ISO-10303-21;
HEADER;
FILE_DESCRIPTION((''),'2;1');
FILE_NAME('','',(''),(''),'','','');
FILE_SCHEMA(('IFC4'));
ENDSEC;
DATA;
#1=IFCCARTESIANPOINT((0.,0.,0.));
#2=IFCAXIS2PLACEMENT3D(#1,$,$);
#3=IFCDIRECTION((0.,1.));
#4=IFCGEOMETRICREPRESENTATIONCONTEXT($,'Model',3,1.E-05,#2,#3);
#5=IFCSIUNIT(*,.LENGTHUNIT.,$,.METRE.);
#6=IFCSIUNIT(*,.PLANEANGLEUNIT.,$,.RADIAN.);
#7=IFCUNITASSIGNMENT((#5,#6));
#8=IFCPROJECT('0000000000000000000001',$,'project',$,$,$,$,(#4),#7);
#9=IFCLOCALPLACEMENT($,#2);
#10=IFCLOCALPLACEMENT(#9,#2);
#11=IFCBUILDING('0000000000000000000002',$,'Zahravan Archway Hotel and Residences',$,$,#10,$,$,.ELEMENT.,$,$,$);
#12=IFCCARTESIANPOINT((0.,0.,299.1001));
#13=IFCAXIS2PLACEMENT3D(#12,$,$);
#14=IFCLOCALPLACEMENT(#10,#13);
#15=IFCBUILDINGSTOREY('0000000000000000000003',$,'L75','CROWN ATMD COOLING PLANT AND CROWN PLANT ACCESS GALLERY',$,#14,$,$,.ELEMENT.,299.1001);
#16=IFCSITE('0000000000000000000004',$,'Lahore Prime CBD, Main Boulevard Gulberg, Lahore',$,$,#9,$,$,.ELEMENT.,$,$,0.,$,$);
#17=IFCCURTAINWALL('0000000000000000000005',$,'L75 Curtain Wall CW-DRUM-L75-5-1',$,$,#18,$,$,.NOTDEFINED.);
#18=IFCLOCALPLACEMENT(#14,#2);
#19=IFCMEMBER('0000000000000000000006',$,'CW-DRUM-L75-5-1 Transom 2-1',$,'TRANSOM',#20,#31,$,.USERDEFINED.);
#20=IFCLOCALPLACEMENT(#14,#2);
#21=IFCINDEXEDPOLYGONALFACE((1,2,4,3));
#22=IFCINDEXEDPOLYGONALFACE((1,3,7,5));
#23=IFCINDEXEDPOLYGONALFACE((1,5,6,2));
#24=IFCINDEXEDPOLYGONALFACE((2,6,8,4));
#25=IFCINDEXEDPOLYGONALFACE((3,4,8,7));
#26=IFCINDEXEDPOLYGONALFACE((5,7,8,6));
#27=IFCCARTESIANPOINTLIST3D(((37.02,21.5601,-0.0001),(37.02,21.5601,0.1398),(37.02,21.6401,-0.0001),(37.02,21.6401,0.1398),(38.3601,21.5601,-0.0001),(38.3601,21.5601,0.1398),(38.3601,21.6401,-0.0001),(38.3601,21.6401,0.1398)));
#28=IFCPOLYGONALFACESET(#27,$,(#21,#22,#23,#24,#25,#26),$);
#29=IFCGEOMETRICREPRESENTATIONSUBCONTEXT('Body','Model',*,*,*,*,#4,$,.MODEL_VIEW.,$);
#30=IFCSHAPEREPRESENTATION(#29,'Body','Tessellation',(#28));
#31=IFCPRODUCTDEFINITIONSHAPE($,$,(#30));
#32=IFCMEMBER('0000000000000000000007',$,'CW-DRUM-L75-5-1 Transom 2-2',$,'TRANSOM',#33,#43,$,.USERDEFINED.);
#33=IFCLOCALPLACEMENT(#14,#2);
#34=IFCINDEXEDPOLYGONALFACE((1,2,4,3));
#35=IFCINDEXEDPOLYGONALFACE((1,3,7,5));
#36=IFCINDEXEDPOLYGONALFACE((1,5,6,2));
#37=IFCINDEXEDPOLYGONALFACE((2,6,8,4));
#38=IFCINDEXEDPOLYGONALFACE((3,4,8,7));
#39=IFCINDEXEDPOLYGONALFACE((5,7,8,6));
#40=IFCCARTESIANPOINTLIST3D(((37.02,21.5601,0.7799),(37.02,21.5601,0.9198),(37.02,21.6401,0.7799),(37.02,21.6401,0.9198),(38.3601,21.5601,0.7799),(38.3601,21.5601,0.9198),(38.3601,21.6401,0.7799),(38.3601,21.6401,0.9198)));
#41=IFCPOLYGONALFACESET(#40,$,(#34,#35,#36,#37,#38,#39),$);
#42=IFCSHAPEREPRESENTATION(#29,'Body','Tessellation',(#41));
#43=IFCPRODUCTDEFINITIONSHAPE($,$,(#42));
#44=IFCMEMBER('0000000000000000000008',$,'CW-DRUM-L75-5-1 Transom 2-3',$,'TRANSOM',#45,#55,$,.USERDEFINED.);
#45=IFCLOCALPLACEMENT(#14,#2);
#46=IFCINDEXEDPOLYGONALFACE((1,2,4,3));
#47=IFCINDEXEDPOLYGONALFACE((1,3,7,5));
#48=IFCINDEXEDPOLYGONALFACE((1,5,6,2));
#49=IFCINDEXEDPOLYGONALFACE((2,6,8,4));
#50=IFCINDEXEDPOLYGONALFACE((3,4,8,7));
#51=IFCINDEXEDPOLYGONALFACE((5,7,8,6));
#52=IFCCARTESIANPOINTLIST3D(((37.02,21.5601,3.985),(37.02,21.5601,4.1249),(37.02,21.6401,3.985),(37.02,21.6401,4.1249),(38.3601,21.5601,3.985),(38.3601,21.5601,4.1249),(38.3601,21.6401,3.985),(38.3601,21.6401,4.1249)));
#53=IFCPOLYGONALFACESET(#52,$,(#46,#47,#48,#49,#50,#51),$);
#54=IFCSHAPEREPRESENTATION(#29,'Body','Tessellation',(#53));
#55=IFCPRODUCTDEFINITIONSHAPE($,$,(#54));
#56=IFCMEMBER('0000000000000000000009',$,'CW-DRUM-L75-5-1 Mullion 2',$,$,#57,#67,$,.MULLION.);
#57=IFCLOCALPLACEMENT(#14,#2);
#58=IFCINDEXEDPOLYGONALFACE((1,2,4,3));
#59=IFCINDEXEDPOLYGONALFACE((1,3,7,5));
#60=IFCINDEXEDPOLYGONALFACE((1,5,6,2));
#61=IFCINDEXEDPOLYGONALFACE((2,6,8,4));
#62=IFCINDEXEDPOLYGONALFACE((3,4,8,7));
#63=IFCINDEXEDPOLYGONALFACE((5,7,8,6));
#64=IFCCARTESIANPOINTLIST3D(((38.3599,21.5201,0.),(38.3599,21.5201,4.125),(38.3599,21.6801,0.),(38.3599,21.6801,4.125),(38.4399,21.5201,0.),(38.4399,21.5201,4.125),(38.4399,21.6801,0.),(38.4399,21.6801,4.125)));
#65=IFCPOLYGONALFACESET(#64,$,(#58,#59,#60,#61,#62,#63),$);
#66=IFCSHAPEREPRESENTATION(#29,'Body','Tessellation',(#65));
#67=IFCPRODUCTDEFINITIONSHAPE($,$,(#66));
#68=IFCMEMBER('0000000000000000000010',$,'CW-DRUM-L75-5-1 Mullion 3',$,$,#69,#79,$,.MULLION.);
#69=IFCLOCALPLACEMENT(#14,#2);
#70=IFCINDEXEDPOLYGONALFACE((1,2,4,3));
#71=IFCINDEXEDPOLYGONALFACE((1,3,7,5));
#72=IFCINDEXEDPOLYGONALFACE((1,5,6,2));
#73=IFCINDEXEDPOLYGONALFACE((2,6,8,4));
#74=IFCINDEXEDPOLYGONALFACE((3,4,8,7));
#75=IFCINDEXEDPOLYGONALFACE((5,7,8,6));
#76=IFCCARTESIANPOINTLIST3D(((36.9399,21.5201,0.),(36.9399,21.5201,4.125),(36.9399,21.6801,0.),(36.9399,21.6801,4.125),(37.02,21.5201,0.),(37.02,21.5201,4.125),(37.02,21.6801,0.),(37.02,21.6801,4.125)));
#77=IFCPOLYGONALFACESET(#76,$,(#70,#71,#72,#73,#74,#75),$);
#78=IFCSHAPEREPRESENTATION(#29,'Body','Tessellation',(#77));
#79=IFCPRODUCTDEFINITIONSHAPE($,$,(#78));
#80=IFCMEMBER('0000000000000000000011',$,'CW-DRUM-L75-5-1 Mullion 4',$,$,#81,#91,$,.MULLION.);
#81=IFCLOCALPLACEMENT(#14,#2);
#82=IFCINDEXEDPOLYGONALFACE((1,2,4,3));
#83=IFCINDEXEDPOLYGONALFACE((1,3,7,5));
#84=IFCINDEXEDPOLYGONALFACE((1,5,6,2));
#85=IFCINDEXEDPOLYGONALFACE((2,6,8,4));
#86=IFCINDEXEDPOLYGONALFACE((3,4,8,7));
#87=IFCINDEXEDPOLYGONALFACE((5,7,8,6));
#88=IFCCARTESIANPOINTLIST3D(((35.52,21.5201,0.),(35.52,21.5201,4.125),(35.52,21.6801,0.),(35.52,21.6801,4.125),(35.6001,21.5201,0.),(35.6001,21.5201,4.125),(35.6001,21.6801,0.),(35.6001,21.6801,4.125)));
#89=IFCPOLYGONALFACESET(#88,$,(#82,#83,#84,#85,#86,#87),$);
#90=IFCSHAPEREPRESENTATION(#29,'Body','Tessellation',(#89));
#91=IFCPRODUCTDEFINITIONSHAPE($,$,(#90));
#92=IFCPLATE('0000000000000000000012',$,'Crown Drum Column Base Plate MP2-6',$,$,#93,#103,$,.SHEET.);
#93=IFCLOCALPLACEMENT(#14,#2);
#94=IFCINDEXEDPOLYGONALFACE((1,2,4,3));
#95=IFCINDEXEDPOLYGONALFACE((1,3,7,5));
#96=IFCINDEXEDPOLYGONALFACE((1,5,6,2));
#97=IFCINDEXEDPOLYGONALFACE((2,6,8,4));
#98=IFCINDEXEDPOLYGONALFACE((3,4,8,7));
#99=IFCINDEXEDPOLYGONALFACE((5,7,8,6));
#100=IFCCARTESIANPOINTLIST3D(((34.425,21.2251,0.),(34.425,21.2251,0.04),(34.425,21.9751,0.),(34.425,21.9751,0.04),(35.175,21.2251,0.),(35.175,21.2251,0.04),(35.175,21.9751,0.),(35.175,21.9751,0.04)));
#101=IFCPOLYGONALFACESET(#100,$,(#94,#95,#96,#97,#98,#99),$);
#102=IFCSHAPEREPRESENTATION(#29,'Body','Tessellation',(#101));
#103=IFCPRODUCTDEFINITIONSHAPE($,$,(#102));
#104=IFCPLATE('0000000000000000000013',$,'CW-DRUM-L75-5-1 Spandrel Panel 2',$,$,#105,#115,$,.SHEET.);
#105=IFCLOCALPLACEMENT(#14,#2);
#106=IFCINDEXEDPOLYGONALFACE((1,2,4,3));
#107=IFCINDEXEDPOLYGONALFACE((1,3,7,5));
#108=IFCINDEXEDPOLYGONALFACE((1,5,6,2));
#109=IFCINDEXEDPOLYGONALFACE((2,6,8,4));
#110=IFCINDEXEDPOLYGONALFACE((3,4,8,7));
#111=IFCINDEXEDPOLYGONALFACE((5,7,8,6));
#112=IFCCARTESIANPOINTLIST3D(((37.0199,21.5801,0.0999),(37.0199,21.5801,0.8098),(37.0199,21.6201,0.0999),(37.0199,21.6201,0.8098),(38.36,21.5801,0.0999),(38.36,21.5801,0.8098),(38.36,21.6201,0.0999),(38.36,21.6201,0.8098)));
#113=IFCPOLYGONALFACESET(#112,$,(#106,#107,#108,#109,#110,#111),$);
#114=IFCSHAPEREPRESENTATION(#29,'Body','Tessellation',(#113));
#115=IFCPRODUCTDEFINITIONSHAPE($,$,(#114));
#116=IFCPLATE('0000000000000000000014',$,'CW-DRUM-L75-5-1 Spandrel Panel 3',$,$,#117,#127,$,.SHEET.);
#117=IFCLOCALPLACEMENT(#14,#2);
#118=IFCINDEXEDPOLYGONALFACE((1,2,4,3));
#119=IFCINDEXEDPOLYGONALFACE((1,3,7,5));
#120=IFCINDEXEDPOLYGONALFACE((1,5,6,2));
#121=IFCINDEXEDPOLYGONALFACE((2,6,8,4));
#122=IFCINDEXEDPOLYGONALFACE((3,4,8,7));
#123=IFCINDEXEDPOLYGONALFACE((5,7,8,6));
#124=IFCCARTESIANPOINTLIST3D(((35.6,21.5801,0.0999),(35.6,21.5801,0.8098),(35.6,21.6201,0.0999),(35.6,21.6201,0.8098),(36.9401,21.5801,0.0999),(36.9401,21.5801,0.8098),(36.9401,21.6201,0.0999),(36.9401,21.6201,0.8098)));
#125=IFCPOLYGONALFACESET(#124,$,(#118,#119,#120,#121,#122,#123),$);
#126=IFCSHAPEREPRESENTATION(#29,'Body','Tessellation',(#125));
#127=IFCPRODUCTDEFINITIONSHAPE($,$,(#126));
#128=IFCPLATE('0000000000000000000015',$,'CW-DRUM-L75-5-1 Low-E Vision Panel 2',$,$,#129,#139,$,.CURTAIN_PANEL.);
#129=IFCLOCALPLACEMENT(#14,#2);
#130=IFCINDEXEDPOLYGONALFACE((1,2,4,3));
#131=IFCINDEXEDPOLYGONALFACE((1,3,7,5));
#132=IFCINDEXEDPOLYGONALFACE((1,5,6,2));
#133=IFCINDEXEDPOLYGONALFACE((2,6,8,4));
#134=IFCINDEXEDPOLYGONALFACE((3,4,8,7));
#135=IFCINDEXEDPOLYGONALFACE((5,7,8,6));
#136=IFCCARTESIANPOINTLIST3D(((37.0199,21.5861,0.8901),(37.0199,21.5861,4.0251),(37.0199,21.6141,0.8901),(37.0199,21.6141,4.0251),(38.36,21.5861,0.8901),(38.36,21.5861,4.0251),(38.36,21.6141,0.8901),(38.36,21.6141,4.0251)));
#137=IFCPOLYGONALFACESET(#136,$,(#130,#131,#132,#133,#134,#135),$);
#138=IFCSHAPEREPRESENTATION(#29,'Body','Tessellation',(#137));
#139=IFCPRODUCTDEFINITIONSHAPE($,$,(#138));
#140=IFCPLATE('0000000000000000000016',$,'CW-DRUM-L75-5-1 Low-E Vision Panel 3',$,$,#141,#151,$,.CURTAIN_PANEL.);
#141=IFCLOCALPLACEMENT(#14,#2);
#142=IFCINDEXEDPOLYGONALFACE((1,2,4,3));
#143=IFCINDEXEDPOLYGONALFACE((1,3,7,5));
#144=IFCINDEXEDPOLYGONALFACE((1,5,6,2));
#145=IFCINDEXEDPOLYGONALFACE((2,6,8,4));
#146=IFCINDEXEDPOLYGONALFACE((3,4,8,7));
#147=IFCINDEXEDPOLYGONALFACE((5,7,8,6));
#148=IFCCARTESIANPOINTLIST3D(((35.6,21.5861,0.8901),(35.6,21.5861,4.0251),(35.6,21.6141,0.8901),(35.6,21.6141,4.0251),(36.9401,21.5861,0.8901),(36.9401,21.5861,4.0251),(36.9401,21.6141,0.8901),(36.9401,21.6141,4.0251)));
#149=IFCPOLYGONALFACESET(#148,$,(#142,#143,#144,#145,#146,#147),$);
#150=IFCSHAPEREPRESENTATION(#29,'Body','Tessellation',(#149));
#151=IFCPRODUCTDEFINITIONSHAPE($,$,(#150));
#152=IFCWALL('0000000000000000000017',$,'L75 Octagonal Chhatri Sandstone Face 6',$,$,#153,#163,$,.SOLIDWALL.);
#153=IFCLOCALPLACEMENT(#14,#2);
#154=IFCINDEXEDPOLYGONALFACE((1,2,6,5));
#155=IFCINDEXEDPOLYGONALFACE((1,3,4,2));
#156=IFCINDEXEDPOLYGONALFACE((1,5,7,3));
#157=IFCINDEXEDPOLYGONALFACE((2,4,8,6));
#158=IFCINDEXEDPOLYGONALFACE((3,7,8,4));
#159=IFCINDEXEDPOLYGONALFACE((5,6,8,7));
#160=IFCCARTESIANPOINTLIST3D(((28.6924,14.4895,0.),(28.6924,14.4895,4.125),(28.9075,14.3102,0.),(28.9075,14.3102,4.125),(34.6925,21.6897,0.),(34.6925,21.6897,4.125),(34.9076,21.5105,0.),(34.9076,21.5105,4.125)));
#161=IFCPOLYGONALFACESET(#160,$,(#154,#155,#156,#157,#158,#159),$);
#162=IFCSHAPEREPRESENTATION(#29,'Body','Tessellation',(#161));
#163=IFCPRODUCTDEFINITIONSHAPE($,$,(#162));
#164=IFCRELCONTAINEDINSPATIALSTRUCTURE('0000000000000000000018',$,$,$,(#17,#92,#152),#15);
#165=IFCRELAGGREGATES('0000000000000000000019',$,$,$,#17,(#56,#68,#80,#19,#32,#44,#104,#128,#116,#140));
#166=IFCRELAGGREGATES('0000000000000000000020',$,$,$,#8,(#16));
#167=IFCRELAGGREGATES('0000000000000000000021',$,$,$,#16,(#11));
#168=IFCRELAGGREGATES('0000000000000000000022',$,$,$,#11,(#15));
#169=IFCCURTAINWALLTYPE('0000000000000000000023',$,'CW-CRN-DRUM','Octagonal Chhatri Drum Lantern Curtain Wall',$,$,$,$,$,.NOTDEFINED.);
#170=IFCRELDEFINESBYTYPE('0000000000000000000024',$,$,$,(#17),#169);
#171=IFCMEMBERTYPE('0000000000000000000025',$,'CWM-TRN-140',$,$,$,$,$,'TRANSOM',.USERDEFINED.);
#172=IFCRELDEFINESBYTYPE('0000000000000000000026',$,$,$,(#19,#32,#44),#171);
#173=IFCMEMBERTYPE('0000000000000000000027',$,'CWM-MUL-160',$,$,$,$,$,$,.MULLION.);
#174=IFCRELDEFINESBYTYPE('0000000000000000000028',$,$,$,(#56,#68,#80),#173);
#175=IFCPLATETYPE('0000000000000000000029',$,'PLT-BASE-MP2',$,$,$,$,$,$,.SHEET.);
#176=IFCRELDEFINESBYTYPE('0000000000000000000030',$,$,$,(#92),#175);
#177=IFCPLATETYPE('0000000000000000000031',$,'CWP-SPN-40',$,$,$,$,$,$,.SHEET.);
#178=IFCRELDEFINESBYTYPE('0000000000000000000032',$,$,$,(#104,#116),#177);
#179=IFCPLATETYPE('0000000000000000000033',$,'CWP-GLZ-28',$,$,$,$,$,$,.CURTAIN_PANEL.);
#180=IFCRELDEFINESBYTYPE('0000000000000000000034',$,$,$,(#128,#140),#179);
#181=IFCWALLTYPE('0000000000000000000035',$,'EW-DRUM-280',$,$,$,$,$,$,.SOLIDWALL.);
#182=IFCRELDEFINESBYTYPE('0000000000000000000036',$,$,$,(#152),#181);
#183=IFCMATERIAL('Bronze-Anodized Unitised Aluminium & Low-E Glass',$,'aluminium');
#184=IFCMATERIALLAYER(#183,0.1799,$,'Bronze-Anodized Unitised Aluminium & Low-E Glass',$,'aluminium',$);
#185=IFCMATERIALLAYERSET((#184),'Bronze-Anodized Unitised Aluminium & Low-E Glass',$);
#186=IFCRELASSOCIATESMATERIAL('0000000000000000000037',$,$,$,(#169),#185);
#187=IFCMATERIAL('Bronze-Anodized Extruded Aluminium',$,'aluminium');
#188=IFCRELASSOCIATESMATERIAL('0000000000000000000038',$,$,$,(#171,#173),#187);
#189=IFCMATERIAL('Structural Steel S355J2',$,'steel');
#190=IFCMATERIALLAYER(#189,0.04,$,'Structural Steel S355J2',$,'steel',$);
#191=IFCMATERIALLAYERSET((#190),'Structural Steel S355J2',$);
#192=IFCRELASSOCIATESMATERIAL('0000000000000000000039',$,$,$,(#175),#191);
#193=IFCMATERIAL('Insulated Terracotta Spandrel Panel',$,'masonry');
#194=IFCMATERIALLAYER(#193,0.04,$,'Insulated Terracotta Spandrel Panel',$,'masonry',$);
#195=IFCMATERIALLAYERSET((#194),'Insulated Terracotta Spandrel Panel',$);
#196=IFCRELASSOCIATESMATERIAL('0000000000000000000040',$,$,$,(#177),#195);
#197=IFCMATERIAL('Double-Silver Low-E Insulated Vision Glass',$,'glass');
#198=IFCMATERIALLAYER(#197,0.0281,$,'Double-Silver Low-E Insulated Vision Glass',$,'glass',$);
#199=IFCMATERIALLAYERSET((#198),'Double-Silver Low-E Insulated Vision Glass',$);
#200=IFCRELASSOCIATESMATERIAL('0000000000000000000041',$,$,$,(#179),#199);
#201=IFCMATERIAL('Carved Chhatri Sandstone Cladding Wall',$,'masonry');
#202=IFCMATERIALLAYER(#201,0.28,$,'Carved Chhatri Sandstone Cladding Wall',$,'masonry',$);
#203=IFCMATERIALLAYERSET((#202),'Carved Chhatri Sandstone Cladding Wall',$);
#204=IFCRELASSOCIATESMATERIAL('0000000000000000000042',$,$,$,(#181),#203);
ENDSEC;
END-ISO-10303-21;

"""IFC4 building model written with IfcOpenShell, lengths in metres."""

from ifc_helpers import new_model, si_unit, direction, frame, frame_2d, origin, origin_2d, place, context, subcontext, project, spatial, rectangle, extrude, source, transform, mapped, material, layer, layer_set, material_profile, profile_set, type_object, type_shapes, element, aggregate, save


model = new_model("IFC4")

# Units and contexts
model_context = context("Model", 3, precision=1e-05, world=origin(), true_north=direction((0.0, 1.0)))
body_context = subcontext(model_context, "Body", "Model", "MODEL_VIEW")
ifc_project = project(units=[si_unit("LENGTHUNIT", "METRE"), si_unit("PLANEANGLEUNIT", "RADIAN")], contexts=[model_context])

# Site, building, storey
site_placement = place(None, origin())
site = spatial("IfcSite", under=ifc_project, at=site_placement, Name="Lahore Prime CBD, Main Boulevard Gulberg, Lahore", CompositionType="ELEMENT", RefElevation=0.0)
building_placement = place(site_placement, origin())
building = spatial("IfcBuilding", under=site, at=building_placement, Name="Zahravan Archway Hotel and Residences", CompositionType="ELEMENT")
storey_placement = place(building_placement, frame((0.0, 0.0, 299.1001)))
storey = spatial("IfcBuildingStorey", under=building, at=storey_placement, Name="L75", Description="CROWN ATMD COOLING PLANT AND CROWN PLANT ACCESS GALLERY", CompositionType="ELEMENT", Elevation=299.1001)

# Curtain wall, members
ifc_material_1 = material(Name="Bronze-Anodized Unitised Aluminium & Low-E Glass", Category="aluminium")
ifc_layer_1 = layer(ifc_material_1, 0.1799, Name="Bronze-Anodized Unitised Aluminium & Low-E Glass", Category="aluminium")
ifc_layer_set_1 = layer_set([ifc_layer_1], Name="Bronze-Anodized Unitised Aluminium & Low-E Glass")
curtain_wall_type = type_object("IfcCurtainWallType", Name="CW-CRN-DRUM", Description="Octagonal Chhatri Drum Lantern Curtain Wall", PredefinedType="NOTDEFINED", material=ifc_layer_set_1)
curtain_wall_placement = place(storey_placement, origin())
curtain_wall = element("IfcCurtainWall", 1, at=curtain_wall_placement, inside=storey, type_object=curtain_wall_type, Name="L75 Curtain Wall CW-DRUM-L75-5-1", PredefinedType="NOTDEFINED")
ifc_material_2 = material(Name="Bronze-Anodized Extruded Aluminium", Category="aluminium")
ifc_material_profile_1 = material_profile(ifc_material_2, rectangle(XDim=0.0801, YDim=0.1399, at=origin_2d()), Name="TRN 80x140", Category="aluminium")
ifc_profile_set_1 = profile_set([ifc_material_profile_1], Name="Bronze-Anodized Extruded Aluminium")
member_type_1 = type_object("IfcMemberType", Name="CWM-TRN-140", ElementType="TRANSOM", PredefinedType="USERDEFINED", material=ifc_profile_set_1)
shared_shape_1 = source(origin(), body_context, "Body", "SweptSolid", [
    extrude(rectangle(XDim=0.0801, YDim=0.1399, at=origin_2d()), origin(), (0.0, 0.0, 1.0), 1.3401),
])
member_1_placement = place(storey_placement, frame((38.3601, 21.6001, 0.0698), z_axis=(-1.0, 0.0, 0.0), x_axis=(0.0, -1.0, 0.0)))
member_1 = element("IfcMember", 2, at=member_1_placement, type_object=member_type_1, Name="CW-DRUM-L75-5-1 Transom 2-1", ObjectType="TRANSOM", PredefinedType="USERDEFINED", context=body_context, shape_type="MappedRepresentation", body=[
    mapped(shared_shape_1, transform((0.0, 0.0, 0.0), scale=1.0)),
])
member_2_placement = place(storey_placement, frame((38.3601, 21.6001, 0.8499), z_axis=(-1.0, 0.0, 0.0), x_axis=(0.0, -1.0, 0.0)))
member_2 = element("IfcMember", 3, at=member_2_placement, type_object=member_type_1, Name="CW-DRUM-L75-5-1 Transom 2-2", ObjectType="TRANSOM", PredefinedType="USERDEFINED", context=body_context, shape_type="MappedRepresentation", body=[
    mapped(shared_shape_1, transform((0.0, 0.0, 0.0), scale=1.0)),
])
member_3_placement = place(storey_placement, frame((38.3601, 21.6001, 4.0549), z_axis=(-1.0, 0.0, 0.0), x_axis=(0.0, -1.0, 0.0)))
member_3 = element("IfcMember", 4, at=member_3_placement, type_object=member_type_1, Name="CW-DRUM-L75-5-1 Transom 2-3", ObjectType="TRANSOM", PredefinedType="USERDEFINED", context=body_context, shape_type="MappedRepresentation", body=[
    mapped(shared_shape_1, transform((0.0, 0.0, 0.0), scale=1.0)),
])
ifc_material_profile_2 = material_profile(ifc_material_2, rectangle(XDim=0.0801, YDim=0.1599, at=origin_2d()), Name="MUL 80x160", Category="aluminium")
ifc_profile_set_2 = profile_set([ifc_material_profile_2], Name="Bronze-Anodized Extruded Aluminium")
member_type_2 = type_object("IfcMemberType", Name="CWM-MUL-160", PredefinedType="MULLION", material=ifc_profile_set_2)
shared_shape_2 = source(origin(), body_context, "Body", "SweptSolid", [
    extrude(rectangle(XDim=0.0801, YDim=0.1599, at=origin_2d()), origin(), (0.0, 0.0, 1.0), 4.125),
])
member_4_placement = place(storey_placement, frame((38.3999, 21.6001, 0.0), z_axis=(0.0, 0.0, 1.0), x_axis=(1.0, 0.0, 0.0)))
member_4 = element("IfcMember", 5, at=member_4_placement, type_object=member_type_2, Name="CW-DRUM-L75-5-1 Mullion 2", PredefinedType="MULLION", context=body_context, shape_type="MappedRepresentation", body=[
    mapped(shared_shape_2, transform((0.0, 0.0, 0.0), scale=1.0)),
])
member_5_placement = place(storey_placement, frame((36.98, 21.6001, 0.0), z_axis=(0.0, 0.0, 1.0), x_axis=(1.0, 0.0, 0.0)))
member_5 = element("IfcMember", 6, at=member_5_placement, type_object=member_type_2, Name="CW-DRUM-L75-5-1 Mullion 3", PredefinedType="MULLION", context=body_context, shape_type="MappedRepresentation", body=[
    mapped(shared_shape_2, transform((0.0, 0.0, 0.0), scale=1.0)),
])
member_6_placement = place(storey_placement, frame((35.5601, 21.6001, 0.0), z_axis=(0.0, 0.0, 1.0), x_axis=(1.0, 0.0, 0.0)))
member_6 = element("IfcMember", 7, at=member_6_placement, type_object=member_type_2, Name="CW-DRUM-L75-5-1 Mullion 4", PredefinedType="MULLION", context=body_context, shape_type="MappedRepresentation", body=[
    mapped(shared_shape_2, transform((0.0, 0.0, 0.0), scale=1.0)),
])

# Plates
ifc_material_3 = material(Name="Structural Steel S355J2", Category="steel")
ifc_layer_2 = layer(ifc_material_3, 0.04, Name="Structural Steel S355J2", Category="steel")
ifc_layer_set_2 = layer_set([ifc_layer_2], Name="Structural Steel S355J2")
plate_type_1 = type_object("IfcPlateType", Name="PLT-BASE-MP2", PredefinedType="SHEET", material=ifc_layer_set_2)
shared_shape_3 = source(origin(), body_context, "Body", "SweptSolid", [
    extrude(rectangle(XDim=0.75, YDim=0.75, at=origin_2d()), origin(), (0.0, 0.0, 1.0), 0.04),
])
type_shapes(plate_type_1, [shared_shape_3])
plate_1_placement = place(storey_placement, frame((34.8, 21.6001, 0.0), z_axis=(0.0, 0.0, 1.0), x_axis=(1.0, 0.0, 0.0)))
element("IfcPlate", 8, at=plate_1_placement, inside=storey, type_object=plate_type_1, Name="Crown Drum Column Base Plate MP2-6", PredefinedType="SHEET", context=body_context, shape_type="MappedRepresentation", body=[
    mapped(shared_shape_3, transform((0.0, 0.0, 0.0), scale=1.0)),
])
ifc_material_4 = material(Name="Insulated Terracotta Spandrel Panel", Category="masonry")
ifc_layer_3 = layer(ifc_material_4, 0.04, Name="Insulated Terracotta Spandrel Panel", Category="masonry")
ifc_layer_set_3 = layer_set([ifc_layer_3], Name="Insulated Terracotta Spandrel Panel")
plate_type_2 = type_object("IfcPlateType", Name="CWP-SPN-40", PredefinedType="SHEET", material=ifc_layer_set_3)
shared_shape_4 = source(origin(), body_context, "Body", "SweptSolid", [
    extrude(rectangle(XDim=1.3401, YDim=0.04, at=origin_2d()), origin(), (0.0, 0.0, 1.0), 0.71),
])
plate_2_placement = place(storey_placement, frame((37.6899, 21.6001, 0.0999), z_axis=(0.0, 0.0, 1.0), x_axis=(-1.0, 0.0, 0.0)))
plate_2 = element("IfcPlate", 9, at=plate_2_placement, type_object=plate_type_2, Name="CW-DRUM-L75-5-1 Spandrel Panel 2", PredefinedType="SHEET", context=body_context, shape_type="MappedRepresentation", body=[
    mapped(shared_shape_4, transform((0.0, 0.0, 0.0), scale=1.0)),
])
plate_3_placement = place(storey_placement, frame((36.27, 21.6001, 0.0999), z_axis=(0.0, 0.0, 1.0), x_axis=(-1.0, 0.0, 0.0)))
plate_3 = element("IfcPlate", 10, at=plate_3_placement, type_object=plate_type_2, Name="CW-DRUM-L75-5-1 Spandrel Panel 3", PredefinedType="SHEET", context=body_context, shape_type="MappedRepresentation", body=[
    mapped(shared_shape_4, transform((0.0, 0.0, 0.0), scale=1.0)),
])
ifc_material_5 = material(Name="Double-Silver Low-E Insulated Vision Glass", Category="glass")
ifc_layer_4 = layer(ifc_material_5, 0.0281, Name="Double-Silver Low-E Insulated Vision Glass", Category="glass")
ifc_layer_set_4 = layer_set([ifc_layer_4], Name="Double-Silver Low-E Insulated Vision Glass")
plate_type_3 = type_object("IfcPlateType", Name="CWP-GLZ-28", PredefinedType="CURTAIN_PANEL", material=ifc_layer_set_4)
shared_shape_5 = source(origin(), body_context, "Body", "SweptSolid", [
    extrude(rectangle(XDim=1.3401, YDim=0.0281, at=origin_2d()), origin(), (0.0, 0.0, 1.0), 3.135),
])
plate_4_placement = place(storey_placement, frame((37.6899, 21.6001, 0.8901), z_axis=(0.0, 0.0, 1.0), x_axis=(-1.0, 0.0, 0.0)))
plate_4 = element("IfcPlate", 11, at=plate_4_placement, type_object=plate_type_3, Name="CW-DRUM-L75-5-1 Low-E Vision Panel 2", PredefinedType="CURTAIN_PANEL", context=body_context, shape_type="MappedRepresentation", body=[
    mapped(shared_shape_5, transform((0.0, 0.0, 0.0), scale=1.0)),
])
plate_5_placement = place(storey_placement, frame((36.27, 21.6001, 0.8901), z_axis=(0.0, 0.0, 1.0), x_axis=(-1.0, 0.0, 0.0)))
plate_5 = element("IfcPlate", 12, at=plate_5_placement, type_object=plate_type_3, Name="CW-DRUM-L75-5-1 Low-E Vision Panel 3", PredefinedType="CURTAIN_PANEL", context=body_context, shape_type="MappedRepresentation", body=[
    mapped(shared_shape_5, transform((0.0, 0.0, 0.0), scale=1.0)),
])
aggregate(curtain_wall, [member_4, member_5, member_6, member_1, member_2, member_3, plate_2, plate_4, plate_3, plate_5])

# Wall
ifc_material_6 = material(Name="Carved Chhatri Sandstone Cladding Wall", Category="masonry")
ifc_layer_5 = layer(ifc_material_6, 0.28, Name="Carved Chhatri Sandstone Cladding Wall", Category="masonry")
ifc_layer_set_5 = layer_set([ifc_layer_5], Name="Carved Chhatri Sandstone Cladding Wall")
wall_type_1 = type_object("IfcWallType", Name="EW-DRUM-280", PredefinedType="SOLIDWALL", material=ifc_layer_set_5)
wall_1_placement = place(storey_placement, frame((34.8, 21.6001, 0.0), z_axis=(0.0, 0.0, 1.0), x_axis=(-0.640174, -0.76823, 0.0)))
element("IfcWall", 13, at=wall_1_placement, inside=storey, type_object=wall_type_1, Name="L75 Octagonal Chhatri Sandstone Face 6", PredefinedType="SOLIDWALL", context=body_context, shape_type="SweptSolid", body=[
    extrude(rectangle(XDim=9.3726, YDim=0.28, at=frame_2d((4.6863, 0.0))), origin(), (0.0, 0.0, 1.0), 4.125),
])

save(model, "model.ifc")
